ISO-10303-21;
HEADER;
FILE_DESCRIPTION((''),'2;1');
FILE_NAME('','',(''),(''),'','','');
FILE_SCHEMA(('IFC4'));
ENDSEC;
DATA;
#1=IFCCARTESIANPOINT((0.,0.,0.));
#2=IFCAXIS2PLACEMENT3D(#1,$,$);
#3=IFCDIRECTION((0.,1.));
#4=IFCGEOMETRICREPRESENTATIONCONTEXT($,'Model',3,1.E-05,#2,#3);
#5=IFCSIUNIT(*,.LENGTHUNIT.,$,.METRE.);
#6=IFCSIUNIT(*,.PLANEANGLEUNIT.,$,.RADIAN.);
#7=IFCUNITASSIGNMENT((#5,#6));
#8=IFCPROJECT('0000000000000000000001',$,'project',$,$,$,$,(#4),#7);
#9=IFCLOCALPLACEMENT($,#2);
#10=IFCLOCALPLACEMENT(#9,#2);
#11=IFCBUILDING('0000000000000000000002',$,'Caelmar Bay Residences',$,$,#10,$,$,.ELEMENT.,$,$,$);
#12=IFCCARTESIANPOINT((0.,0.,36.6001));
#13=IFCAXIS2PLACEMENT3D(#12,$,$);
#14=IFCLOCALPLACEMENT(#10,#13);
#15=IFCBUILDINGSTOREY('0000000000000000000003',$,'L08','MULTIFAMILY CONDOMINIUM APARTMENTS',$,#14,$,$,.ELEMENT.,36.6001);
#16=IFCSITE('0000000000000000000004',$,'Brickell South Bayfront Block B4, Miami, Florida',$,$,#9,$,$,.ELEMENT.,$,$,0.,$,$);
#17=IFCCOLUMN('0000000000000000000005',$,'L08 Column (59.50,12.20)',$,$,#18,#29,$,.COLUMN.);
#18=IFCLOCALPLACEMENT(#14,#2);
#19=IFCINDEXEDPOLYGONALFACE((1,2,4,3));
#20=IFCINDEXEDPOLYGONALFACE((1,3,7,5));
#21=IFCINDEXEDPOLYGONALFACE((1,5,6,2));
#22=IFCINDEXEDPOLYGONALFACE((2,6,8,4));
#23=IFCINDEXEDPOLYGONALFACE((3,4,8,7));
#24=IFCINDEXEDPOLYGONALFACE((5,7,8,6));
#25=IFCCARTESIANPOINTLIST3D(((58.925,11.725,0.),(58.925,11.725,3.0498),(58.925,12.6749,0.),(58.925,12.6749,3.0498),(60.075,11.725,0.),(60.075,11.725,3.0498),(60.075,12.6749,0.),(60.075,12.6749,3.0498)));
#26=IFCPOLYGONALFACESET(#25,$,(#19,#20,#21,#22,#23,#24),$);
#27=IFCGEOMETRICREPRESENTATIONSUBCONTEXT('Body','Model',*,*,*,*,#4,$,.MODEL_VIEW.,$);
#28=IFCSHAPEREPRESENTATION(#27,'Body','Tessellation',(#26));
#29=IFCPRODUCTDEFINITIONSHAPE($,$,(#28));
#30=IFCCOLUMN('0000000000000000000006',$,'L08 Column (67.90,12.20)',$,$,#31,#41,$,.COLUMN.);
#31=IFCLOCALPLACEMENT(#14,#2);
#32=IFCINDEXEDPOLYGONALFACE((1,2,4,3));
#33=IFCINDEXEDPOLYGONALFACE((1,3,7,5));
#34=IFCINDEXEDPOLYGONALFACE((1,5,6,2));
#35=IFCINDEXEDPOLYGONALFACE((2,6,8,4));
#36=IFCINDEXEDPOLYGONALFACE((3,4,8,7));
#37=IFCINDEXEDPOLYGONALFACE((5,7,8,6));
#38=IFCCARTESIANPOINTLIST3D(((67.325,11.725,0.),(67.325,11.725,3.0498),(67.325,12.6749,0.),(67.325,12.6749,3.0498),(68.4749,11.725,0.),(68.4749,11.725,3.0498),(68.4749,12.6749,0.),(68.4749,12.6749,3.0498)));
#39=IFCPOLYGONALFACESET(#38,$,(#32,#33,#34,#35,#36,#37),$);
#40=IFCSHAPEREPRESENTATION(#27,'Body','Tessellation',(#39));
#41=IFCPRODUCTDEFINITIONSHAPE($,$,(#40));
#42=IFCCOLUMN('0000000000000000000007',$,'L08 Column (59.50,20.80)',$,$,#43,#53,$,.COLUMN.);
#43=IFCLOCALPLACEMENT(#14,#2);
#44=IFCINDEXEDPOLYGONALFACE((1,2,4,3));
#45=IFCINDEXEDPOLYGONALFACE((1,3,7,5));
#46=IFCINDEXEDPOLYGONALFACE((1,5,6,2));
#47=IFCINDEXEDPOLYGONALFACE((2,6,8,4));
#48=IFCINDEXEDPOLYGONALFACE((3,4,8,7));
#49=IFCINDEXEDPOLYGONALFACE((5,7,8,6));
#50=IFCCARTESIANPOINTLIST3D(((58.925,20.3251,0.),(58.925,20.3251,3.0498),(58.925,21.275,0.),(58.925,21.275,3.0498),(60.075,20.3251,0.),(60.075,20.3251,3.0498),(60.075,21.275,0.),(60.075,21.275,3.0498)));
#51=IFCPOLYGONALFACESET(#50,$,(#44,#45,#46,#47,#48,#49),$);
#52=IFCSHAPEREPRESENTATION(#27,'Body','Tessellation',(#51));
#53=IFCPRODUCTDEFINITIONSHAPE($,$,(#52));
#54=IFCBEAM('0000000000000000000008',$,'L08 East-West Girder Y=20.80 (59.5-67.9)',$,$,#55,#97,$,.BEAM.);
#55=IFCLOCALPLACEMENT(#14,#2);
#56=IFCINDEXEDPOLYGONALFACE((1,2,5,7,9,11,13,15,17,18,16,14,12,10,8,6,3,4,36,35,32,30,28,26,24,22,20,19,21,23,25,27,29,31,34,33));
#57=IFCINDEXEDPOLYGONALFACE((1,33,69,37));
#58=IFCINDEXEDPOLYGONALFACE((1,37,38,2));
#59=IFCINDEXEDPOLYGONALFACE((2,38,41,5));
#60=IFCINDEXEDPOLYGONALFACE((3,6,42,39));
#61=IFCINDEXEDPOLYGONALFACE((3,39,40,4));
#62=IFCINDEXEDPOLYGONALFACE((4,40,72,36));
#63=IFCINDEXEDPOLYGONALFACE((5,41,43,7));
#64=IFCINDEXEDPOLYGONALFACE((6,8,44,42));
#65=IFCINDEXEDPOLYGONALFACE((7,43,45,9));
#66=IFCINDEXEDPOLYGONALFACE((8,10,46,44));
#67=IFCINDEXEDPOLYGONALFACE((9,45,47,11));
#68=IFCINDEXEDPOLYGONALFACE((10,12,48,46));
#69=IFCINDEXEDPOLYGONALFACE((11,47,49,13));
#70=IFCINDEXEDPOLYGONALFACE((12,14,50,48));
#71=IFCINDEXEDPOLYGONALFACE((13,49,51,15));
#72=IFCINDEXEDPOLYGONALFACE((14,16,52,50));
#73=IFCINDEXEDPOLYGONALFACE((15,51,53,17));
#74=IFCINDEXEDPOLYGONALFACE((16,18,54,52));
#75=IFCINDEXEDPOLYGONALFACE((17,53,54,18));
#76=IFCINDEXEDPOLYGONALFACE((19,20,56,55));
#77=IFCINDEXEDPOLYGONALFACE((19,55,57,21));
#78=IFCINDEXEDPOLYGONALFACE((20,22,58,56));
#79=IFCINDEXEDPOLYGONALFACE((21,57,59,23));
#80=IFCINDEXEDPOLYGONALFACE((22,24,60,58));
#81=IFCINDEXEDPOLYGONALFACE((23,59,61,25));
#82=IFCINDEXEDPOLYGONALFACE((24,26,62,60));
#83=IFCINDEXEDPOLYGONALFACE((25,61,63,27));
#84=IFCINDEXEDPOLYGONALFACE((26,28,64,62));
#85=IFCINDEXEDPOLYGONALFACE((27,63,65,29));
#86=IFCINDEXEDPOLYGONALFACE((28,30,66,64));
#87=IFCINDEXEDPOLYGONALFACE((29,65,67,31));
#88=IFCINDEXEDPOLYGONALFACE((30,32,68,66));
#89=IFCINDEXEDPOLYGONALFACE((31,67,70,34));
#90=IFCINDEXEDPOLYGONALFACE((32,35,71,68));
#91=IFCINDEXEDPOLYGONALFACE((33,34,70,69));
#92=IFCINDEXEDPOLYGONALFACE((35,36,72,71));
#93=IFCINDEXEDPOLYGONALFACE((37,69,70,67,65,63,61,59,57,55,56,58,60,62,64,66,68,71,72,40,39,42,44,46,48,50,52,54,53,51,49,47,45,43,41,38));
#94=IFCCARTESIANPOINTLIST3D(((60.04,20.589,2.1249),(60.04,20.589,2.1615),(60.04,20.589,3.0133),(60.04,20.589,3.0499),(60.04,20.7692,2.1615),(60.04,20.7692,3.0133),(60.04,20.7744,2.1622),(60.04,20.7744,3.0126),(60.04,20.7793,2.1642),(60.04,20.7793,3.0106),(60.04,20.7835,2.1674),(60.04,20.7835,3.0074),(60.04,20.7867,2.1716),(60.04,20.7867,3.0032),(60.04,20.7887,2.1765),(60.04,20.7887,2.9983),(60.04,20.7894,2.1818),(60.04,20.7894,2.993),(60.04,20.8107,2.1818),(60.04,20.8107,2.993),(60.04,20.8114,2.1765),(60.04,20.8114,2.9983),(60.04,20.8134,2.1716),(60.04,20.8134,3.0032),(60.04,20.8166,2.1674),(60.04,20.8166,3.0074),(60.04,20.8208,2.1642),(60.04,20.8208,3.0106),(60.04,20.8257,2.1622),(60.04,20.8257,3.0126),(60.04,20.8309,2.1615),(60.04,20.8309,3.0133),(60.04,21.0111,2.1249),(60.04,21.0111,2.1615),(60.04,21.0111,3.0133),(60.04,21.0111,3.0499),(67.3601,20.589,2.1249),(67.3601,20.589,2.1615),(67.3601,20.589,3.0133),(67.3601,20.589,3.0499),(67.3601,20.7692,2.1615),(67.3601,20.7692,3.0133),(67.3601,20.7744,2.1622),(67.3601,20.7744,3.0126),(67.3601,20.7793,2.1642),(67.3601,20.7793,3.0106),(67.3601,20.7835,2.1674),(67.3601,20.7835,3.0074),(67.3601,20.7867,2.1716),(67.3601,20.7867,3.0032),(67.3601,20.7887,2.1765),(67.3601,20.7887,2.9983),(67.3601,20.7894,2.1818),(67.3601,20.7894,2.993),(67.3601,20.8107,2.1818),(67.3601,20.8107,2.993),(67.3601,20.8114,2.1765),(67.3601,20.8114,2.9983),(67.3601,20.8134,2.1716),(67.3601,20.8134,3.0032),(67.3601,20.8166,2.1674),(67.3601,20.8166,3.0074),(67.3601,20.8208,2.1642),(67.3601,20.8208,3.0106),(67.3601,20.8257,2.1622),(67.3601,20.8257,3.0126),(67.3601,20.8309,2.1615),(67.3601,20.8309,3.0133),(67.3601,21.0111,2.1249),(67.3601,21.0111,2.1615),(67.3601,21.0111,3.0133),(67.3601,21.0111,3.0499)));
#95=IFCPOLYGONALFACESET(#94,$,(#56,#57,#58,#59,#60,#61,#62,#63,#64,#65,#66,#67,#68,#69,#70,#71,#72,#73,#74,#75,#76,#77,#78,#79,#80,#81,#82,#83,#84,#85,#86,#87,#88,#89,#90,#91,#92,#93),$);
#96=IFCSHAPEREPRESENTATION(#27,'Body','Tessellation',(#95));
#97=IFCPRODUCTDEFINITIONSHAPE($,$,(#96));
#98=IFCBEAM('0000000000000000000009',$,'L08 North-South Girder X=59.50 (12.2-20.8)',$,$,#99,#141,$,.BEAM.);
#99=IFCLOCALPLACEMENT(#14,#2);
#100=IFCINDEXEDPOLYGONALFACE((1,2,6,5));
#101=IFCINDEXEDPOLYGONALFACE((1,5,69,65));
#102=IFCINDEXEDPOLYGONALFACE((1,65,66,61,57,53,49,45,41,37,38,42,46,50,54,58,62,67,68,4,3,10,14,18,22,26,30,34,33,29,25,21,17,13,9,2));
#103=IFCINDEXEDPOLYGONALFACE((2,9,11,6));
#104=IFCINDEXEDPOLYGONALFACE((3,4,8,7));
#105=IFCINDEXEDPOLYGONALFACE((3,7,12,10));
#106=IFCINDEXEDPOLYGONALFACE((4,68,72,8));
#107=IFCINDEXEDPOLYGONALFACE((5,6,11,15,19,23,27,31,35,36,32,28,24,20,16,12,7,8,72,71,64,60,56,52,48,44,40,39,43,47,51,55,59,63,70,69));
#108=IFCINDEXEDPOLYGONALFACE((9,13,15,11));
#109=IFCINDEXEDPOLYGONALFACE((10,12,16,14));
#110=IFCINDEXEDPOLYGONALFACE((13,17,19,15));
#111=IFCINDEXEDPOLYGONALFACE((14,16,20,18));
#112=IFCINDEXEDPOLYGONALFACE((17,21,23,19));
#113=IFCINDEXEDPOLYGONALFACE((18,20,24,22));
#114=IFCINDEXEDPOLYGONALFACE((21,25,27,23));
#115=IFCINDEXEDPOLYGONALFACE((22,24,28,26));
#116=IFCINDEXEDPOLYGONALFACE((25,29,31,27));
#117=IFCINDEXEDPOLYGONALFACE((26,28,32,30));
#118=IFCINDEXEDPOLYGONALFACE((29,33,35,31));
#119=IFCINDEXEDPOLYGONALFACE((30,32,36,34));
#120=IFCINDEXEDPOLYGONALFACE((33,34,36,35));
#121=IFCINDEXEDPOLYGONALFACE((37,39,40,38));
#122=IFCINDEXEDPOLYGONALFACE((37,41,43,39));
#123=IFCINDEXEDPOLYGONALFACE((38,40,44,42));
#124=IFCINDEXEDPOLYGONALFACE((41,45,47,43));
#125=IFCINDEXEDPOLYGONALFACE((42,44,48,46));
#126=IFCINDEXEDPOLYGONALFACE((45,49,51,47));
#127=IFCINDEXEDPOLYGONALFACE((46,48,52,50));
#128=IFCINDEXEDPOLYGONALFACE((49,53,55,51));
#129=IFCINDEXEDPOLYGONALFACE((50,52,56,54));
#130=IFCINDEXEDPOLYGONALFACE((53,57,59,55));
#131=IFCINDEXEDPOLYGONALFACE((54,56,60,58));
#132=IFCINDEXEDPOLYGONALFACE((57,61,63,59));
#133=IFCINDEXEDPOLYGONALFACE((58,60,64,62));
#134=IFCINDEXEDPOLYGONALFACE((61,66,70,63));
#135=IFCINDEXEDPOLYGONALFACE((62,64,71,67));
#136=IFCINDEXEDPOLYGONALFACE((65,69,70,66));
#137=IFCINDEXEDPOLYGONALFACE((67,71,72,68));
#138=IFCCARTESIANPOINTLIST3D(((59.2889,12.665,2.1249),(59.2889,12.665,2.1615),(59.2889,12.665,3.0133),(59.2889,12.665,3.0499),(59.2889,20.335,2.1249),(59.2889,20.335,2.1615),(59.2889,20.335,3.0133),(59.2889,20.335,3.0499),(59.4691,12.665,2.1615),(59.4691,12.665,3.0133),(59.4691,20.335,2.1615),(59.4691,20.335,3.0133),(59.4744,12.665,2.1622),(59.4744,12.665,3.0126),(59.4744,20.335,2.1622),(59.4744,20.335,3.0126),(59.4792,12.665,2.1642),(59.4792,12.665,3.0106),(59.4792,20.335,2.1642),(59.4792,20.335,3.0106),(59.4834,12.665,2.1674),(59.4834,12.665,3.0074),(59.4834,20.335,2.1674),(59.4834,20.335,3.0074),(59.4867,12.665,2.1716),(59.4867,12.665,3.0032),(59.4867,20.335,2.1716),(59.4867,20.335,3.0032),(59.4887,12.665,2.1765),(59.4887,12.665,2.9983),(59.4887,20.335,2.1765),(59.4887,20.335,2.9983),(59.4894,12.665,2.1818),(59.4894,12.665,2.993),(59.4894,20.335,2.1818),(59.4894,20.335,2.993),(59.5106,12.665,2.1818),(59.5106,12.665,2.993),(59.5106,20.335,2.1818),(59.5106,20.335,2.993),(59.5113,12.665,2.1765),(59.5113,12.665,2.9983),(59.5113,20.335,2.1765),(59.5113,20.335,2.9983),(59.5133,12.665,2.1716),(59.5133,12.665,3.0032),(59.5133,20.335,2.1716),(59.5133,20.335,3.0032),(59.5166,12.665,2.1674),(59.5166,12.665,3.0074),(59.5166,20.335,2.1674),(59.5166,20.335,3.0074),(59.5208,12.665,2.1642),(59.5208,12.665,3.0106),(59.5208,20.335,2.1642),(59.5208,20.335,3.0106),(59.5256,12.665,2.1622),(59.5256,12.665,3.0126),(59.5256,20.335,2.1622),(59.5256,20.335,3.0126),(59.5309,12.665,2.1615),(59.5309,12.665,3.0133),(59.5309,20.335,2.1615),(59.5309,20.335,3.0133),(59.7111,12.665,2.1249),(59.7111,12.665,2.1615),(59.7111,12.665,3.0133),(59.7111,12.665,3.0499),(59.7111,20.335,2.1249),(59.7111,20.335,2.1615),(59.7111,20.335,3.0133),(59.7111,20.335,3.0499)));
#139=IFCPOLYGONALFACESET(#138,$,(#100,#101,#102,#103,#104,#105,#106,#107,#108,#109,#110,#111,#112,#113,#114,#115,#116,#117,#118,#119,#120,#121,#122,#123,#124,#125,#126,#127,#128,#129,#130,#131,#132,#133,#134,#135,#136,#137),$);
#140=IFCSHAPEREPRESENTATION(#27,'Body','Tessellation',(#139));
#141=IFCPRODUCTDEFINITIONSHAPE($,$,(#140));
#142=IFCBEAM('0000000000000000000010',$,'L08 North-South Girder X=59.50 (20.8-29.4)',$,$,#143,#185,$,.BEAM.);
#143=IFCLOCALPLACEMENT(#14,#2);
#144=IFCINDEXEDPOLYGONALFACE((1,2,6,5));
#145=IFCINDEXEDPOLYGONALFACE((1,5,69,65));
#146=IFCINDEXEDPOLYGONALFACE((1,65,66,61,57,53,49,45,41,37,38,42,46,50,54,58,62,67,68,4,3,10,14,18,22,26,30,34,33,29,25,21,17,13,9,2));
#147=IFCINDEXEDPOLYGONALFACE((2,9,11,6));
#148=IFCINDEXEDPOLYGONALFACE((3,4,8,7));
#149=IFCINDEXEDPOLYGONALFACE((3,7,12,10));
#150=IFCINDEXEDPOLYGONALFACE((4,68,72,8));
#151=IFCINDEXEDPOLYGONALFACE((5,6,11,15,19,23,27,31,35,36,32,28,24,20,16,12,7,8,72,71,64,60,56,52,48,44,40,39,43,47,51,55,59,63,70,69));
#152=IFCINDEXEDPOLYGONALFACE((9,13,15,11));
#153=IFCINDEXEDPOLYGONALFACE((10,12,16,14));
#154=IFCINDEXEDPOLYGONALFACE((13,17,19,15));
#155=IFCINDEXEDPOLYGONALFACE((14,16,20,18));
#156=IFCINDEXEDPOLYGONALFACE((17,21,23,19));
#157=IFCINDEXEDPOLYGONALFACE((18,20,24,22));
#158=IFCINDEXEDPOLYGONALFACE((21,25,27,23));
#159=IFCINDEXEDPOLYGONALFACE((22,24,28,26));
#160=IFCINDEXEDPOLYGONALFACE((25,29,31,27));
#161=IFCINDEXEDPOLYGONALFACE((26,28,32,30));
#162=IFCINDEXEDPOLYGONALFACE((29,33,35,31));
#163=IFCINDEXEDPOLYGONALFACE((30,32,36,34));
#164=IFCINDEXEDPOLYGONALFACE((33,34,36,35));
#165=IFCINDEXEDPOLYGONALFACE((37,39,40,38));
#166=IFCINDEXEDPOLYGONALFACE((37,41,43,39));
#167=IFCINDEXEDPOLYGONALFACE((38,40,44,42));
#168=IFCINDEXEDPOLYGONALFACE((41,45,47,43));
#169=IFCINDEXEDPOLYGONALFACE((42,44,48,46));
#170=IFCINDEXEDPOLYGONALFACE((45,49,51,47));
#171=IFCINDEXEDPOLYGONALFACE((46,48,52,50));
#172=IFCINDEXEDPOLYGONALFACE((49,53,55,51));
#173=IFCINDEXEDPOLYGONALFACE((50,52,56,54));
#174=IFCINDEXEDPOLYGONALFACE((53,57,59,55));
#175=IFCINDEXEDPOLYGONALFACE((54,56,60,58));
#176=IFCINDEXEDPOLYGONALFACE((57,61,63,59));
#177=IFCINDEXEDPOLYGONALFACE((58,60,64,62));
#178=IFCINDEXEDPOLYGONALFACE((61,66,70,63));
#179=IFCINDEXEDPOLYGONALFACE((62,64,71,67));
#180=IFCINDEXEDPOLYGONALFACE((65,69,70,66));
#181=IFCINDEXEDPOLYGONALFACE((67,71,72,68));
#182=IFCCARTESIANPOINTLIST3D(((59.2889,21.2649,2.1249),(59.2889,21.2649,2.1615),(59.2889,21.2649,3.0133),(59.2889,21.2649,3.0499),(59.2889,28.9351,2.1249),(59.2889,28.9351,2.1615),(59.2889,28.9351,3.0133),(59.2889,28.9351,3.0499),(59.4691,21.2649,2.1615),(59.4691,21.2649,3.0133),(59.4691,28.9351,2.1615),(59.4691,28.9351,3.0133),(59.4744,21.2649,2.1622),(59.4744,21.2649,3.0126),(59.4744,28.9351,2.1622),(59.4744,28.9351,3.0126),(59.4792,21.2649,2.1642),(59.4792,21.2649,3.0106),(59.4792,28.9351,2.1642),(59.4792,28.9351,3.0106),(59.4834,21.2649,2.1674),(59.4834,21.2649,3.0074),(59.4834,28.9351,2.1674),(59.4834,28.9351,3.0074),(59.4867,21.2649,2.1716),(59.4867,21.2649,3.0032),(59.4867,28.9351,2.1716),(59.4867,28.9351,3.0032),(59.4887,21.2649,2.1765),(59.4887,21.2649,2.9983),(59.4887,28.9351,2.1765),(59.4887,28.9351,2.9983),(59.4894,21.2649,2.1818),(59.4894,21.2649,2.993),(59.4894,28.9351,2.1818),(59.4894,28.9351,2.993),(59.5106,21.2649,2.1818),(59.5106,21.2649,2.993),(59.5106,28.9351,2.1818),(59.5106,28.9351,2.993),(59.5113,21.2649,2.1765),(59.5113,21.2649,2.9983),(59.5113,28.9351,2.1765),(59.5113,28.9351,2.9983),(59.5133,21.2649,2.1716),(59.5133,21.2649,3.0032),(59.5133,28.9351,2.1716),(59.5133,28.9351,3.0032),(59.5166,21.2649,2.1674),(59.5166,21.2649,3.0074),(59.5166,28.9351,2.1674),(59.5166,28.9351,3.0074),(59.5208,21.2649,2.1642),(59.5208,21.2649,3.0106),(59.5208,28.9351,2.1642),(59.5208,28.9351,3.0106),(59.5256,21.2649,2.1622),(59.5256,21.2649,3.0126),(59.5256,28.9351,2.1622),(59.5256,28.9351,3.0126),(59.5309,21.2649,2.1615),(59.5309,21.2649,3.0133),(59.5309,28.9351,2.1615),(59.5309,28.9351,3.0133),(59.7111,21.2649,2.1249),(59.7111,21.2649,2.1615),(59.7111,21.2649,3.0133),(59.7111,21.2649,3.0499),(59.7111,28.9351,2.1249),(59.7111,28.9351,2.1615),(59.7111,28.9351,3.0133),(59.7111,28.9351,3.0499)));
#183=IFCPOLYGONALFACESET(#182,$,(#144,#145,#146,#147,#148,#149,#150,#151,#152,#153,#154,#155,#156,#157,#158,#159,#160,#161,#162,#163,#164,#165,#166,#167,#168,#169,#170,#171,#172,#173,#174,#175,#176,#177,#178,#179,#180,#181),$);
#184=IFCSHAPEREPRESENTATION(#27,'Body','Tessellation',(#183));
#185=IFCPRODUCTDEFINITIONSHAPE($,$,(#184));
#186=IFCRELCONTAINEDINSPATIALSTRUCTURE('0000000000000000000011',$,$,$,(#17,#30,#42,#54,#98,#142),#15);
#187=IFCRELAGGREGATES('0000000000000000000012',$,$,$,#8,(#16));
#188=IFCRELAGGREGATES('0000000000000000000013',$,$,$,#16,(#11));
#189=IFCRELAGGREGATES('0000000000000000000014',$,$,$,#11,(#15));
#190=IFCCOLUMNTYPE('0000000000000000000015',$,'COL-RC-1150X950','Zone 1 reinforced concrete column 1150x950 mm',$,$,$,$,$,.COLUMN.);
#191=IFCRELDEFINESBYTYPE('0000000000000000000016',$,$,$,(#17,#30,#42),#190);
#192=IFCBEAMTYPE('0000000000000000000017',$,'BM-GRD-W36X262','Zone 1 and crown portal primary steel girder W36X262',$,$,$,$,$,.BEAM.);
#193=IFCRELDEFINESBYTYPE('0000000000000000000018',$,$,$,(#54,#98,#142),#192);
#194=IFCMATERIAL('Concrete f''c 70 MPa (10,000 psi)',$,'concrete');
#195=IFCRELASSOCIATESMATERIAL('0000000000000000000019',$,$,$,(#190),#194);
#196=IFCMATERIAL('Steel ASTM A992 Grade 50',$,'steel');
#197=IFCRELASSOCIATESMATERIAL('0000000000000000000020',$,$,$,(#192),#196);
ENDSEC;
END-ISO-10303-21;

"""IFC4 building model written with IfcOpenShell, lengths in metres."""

from ifc_helpers import new_model, si_unit, direction, frame, origin, origin_2d, place, context, subcontext, project, spatial, rectangle, i_section, extrude, material, material_profile, profile_set, type_object, element, save


model = new_model("IFC4")

# Units and contexts
model_context = context("Model", 3, precision=1e-05, world=origin(), true_north=direction((0.0, 1.0)))
body_context = subcontext(model_context, "Body", "Model", "MODEL_VIEW")
ifc_project = project(units=[si_unit("LENGTHUNIT", "METRE"), si_unit("PLANEANGLEUNIT", "RADIAN")], contexts=[model_context])

# Site, building, storey
site_placement = place(None, origin())
site = spatial("IfcSite", under=ifc_project, at=site_placement, Name="Brickell South Bayfront Block B4, Miami, Florida", CompositionType="ELEMENT", RefElevation=0.0)
building_placement = place(site_placement, origin())
building = spatial("IfcBuilding", under=site, at=building_placement, Name="Caelmar Bay Residences", CompositionType="ELEMENT")
storey_placement = place(building_placement, frame((0.0, 0.0, 36.6001)))
storey = spatial("IfcBuildingStorey", under=building, at=storey_placement, Name="L08", Description="MULTIFAMILY CONDOMINIUM APARTMENTS", CompositionType="ELEMENT", Elevation=36.6001)

# Columns
ifc_material_1 = material(Name="Concrete f'c 70 MPa (10,000 psi)", Category="concrete")
ifc_material_profile_1 = material_profile(ifc_material_1, rectangle(XDim=1.1499, YDim=0.95, at=origin_2d()), Name="RC-COL-1150X950")
ifc_profile_set_1 = profile_set([ifc_material_profile_1], Name="Concrete f'c 70 MPa (10,000 psi)")
column_type = type_object("IfcColumnType", Name="COL-RC-1150X950", Description="Zone 1 reinforced concrete column 1150x950 mm", PredefinedType="COLUMN", material=ifc_profile_set_1)
for number, where, z_axis, x_axis, name in (
    (1, (59.5, 12.2, 0.0), (0.0, 0.0, 1.0), (1.0, 0.0, 0.0), "L08 Column (59.50,12.20)"),
    (2, (67.8999, 12.2, 0.0), (0.0, 0.0, 1.0), (1.0, 0.0, 0.0), "L08 Column (67.90,12.20)"),
    (3, (59.5, 20.8, 0.0), (0.0, 0.0, 1.0), (1.0, 0.0, 0.0), "L08 Column (59.50,20.80)"),
):
    element("IfcColumn", number, at=place(storey_placement, frame(where, z_axis=z_axis, x_axis=x_axis)), inside=storey, type_object=column_type, Name=name, PredefinedType="COLUMN", context=body_context, shape_type="SweptSolid", body=[
        extrude(rectangle(XDim=1.1499, YDim=0.95, at=origin_2d()), origin(), (0.0, 0.0, 1.0), 3.0498),
    ])

# Beams
ifc_material_2 = material(Name="Steel ASTM A992 Grade 50", Category="steel")
ifc_material_profile_2 = material_profile(ifc_material_2, i_section(OverallWidth=0.4221, OverallDepth=0.925, WebThickness=0.0212, FlangeThickness=0.0366, FilletRadius=0.0203, at=origin_2d()), Name="W36X262")
ifc_profile_set_2 = profile_set([ifc_material_profile_2], Name="Steel ASTM A992 Grade 50")
beam_type_1 = type_object("IfcBeamType", Name="BM-GRD-W36X262", Description="Zone 1 and crown portal primary steel girder W36X262", PredefinedType="BEAM", material=ifc_profile_set_2)
beam_1_placement = place(storey_placement, frame((60.04, 20.8, 2.5874), z_axis=(1.0, 0.0, 0.0), x_axis=(0.0, 1.0, 0.0)))
element("IfcBeam", 4, at=beam_1_placement, inside=storey, type_object=beam_type_1, Name="L08 East-West Girder Y=20.80 (59.5-67.9)", PredefinedType="BEAM", context=body_context, shape_type="SweptSolid", body=[
    extrude(i_section(OverallWidth=0.4221, OverallDepth=0.925, WebThickness=0.0212, FlangeThickness=0.0366, FilletRadius=0.0203, at=origin_2d()), origin(), (0.0, 0.0, 1.0), 7.3201),
])
beam_2_placement = place(storey_placement, frame((59.5, 12.665, 2.5874), z_axis=(0.0, 1.0, 0.0), x_axis=(-1.0, 0.0, 0.0)))
element("IfcBeam", 5, at=beam_2_placement, inside=storey, type_object=beam_type_1, Name="L08 North-South Girder X=59.50 (12.2-20.8)", PredefinedType="BEAM", context=body_context, shape_type="SweptSolid", body=[
    extrude(i_section(OverallWidth=0.4221, OverallDepth=0.925, WebThickness=0.0212, FlangeThickness=0.0366, FilletRadius=0.0203, at=origin_2d()), origin(), (0.0, 0.0, 1.0), 7.6699),
])
beam_3_placement = place(storey_placement, frame((59.5, 21.2649, 2.5874), z_axis=(0.0, 1.0, 0.0), x_axis=(-1.0, 0.0, 0.0)))
element("IfcBeam", 6, at=beam_3_placement, inside=storey, type_object=beam_type_1, Name="L08 North-South Girder X=59.50 (20.8-29.4)", PredefinedType="BEAM", context=body_context, shape_type="SweptSolid", body=[
    extrude(i_section(OverallWidth=0.4221, OverallDepth=0.925, WebThickness=0.0212, FlangeThickness=0.0366, FilletRadius=0.0203, at=origin_2d()), origin(), (0.0, 0.0, 1.0), 7.6702),
])

save(model, "model.ifc")
